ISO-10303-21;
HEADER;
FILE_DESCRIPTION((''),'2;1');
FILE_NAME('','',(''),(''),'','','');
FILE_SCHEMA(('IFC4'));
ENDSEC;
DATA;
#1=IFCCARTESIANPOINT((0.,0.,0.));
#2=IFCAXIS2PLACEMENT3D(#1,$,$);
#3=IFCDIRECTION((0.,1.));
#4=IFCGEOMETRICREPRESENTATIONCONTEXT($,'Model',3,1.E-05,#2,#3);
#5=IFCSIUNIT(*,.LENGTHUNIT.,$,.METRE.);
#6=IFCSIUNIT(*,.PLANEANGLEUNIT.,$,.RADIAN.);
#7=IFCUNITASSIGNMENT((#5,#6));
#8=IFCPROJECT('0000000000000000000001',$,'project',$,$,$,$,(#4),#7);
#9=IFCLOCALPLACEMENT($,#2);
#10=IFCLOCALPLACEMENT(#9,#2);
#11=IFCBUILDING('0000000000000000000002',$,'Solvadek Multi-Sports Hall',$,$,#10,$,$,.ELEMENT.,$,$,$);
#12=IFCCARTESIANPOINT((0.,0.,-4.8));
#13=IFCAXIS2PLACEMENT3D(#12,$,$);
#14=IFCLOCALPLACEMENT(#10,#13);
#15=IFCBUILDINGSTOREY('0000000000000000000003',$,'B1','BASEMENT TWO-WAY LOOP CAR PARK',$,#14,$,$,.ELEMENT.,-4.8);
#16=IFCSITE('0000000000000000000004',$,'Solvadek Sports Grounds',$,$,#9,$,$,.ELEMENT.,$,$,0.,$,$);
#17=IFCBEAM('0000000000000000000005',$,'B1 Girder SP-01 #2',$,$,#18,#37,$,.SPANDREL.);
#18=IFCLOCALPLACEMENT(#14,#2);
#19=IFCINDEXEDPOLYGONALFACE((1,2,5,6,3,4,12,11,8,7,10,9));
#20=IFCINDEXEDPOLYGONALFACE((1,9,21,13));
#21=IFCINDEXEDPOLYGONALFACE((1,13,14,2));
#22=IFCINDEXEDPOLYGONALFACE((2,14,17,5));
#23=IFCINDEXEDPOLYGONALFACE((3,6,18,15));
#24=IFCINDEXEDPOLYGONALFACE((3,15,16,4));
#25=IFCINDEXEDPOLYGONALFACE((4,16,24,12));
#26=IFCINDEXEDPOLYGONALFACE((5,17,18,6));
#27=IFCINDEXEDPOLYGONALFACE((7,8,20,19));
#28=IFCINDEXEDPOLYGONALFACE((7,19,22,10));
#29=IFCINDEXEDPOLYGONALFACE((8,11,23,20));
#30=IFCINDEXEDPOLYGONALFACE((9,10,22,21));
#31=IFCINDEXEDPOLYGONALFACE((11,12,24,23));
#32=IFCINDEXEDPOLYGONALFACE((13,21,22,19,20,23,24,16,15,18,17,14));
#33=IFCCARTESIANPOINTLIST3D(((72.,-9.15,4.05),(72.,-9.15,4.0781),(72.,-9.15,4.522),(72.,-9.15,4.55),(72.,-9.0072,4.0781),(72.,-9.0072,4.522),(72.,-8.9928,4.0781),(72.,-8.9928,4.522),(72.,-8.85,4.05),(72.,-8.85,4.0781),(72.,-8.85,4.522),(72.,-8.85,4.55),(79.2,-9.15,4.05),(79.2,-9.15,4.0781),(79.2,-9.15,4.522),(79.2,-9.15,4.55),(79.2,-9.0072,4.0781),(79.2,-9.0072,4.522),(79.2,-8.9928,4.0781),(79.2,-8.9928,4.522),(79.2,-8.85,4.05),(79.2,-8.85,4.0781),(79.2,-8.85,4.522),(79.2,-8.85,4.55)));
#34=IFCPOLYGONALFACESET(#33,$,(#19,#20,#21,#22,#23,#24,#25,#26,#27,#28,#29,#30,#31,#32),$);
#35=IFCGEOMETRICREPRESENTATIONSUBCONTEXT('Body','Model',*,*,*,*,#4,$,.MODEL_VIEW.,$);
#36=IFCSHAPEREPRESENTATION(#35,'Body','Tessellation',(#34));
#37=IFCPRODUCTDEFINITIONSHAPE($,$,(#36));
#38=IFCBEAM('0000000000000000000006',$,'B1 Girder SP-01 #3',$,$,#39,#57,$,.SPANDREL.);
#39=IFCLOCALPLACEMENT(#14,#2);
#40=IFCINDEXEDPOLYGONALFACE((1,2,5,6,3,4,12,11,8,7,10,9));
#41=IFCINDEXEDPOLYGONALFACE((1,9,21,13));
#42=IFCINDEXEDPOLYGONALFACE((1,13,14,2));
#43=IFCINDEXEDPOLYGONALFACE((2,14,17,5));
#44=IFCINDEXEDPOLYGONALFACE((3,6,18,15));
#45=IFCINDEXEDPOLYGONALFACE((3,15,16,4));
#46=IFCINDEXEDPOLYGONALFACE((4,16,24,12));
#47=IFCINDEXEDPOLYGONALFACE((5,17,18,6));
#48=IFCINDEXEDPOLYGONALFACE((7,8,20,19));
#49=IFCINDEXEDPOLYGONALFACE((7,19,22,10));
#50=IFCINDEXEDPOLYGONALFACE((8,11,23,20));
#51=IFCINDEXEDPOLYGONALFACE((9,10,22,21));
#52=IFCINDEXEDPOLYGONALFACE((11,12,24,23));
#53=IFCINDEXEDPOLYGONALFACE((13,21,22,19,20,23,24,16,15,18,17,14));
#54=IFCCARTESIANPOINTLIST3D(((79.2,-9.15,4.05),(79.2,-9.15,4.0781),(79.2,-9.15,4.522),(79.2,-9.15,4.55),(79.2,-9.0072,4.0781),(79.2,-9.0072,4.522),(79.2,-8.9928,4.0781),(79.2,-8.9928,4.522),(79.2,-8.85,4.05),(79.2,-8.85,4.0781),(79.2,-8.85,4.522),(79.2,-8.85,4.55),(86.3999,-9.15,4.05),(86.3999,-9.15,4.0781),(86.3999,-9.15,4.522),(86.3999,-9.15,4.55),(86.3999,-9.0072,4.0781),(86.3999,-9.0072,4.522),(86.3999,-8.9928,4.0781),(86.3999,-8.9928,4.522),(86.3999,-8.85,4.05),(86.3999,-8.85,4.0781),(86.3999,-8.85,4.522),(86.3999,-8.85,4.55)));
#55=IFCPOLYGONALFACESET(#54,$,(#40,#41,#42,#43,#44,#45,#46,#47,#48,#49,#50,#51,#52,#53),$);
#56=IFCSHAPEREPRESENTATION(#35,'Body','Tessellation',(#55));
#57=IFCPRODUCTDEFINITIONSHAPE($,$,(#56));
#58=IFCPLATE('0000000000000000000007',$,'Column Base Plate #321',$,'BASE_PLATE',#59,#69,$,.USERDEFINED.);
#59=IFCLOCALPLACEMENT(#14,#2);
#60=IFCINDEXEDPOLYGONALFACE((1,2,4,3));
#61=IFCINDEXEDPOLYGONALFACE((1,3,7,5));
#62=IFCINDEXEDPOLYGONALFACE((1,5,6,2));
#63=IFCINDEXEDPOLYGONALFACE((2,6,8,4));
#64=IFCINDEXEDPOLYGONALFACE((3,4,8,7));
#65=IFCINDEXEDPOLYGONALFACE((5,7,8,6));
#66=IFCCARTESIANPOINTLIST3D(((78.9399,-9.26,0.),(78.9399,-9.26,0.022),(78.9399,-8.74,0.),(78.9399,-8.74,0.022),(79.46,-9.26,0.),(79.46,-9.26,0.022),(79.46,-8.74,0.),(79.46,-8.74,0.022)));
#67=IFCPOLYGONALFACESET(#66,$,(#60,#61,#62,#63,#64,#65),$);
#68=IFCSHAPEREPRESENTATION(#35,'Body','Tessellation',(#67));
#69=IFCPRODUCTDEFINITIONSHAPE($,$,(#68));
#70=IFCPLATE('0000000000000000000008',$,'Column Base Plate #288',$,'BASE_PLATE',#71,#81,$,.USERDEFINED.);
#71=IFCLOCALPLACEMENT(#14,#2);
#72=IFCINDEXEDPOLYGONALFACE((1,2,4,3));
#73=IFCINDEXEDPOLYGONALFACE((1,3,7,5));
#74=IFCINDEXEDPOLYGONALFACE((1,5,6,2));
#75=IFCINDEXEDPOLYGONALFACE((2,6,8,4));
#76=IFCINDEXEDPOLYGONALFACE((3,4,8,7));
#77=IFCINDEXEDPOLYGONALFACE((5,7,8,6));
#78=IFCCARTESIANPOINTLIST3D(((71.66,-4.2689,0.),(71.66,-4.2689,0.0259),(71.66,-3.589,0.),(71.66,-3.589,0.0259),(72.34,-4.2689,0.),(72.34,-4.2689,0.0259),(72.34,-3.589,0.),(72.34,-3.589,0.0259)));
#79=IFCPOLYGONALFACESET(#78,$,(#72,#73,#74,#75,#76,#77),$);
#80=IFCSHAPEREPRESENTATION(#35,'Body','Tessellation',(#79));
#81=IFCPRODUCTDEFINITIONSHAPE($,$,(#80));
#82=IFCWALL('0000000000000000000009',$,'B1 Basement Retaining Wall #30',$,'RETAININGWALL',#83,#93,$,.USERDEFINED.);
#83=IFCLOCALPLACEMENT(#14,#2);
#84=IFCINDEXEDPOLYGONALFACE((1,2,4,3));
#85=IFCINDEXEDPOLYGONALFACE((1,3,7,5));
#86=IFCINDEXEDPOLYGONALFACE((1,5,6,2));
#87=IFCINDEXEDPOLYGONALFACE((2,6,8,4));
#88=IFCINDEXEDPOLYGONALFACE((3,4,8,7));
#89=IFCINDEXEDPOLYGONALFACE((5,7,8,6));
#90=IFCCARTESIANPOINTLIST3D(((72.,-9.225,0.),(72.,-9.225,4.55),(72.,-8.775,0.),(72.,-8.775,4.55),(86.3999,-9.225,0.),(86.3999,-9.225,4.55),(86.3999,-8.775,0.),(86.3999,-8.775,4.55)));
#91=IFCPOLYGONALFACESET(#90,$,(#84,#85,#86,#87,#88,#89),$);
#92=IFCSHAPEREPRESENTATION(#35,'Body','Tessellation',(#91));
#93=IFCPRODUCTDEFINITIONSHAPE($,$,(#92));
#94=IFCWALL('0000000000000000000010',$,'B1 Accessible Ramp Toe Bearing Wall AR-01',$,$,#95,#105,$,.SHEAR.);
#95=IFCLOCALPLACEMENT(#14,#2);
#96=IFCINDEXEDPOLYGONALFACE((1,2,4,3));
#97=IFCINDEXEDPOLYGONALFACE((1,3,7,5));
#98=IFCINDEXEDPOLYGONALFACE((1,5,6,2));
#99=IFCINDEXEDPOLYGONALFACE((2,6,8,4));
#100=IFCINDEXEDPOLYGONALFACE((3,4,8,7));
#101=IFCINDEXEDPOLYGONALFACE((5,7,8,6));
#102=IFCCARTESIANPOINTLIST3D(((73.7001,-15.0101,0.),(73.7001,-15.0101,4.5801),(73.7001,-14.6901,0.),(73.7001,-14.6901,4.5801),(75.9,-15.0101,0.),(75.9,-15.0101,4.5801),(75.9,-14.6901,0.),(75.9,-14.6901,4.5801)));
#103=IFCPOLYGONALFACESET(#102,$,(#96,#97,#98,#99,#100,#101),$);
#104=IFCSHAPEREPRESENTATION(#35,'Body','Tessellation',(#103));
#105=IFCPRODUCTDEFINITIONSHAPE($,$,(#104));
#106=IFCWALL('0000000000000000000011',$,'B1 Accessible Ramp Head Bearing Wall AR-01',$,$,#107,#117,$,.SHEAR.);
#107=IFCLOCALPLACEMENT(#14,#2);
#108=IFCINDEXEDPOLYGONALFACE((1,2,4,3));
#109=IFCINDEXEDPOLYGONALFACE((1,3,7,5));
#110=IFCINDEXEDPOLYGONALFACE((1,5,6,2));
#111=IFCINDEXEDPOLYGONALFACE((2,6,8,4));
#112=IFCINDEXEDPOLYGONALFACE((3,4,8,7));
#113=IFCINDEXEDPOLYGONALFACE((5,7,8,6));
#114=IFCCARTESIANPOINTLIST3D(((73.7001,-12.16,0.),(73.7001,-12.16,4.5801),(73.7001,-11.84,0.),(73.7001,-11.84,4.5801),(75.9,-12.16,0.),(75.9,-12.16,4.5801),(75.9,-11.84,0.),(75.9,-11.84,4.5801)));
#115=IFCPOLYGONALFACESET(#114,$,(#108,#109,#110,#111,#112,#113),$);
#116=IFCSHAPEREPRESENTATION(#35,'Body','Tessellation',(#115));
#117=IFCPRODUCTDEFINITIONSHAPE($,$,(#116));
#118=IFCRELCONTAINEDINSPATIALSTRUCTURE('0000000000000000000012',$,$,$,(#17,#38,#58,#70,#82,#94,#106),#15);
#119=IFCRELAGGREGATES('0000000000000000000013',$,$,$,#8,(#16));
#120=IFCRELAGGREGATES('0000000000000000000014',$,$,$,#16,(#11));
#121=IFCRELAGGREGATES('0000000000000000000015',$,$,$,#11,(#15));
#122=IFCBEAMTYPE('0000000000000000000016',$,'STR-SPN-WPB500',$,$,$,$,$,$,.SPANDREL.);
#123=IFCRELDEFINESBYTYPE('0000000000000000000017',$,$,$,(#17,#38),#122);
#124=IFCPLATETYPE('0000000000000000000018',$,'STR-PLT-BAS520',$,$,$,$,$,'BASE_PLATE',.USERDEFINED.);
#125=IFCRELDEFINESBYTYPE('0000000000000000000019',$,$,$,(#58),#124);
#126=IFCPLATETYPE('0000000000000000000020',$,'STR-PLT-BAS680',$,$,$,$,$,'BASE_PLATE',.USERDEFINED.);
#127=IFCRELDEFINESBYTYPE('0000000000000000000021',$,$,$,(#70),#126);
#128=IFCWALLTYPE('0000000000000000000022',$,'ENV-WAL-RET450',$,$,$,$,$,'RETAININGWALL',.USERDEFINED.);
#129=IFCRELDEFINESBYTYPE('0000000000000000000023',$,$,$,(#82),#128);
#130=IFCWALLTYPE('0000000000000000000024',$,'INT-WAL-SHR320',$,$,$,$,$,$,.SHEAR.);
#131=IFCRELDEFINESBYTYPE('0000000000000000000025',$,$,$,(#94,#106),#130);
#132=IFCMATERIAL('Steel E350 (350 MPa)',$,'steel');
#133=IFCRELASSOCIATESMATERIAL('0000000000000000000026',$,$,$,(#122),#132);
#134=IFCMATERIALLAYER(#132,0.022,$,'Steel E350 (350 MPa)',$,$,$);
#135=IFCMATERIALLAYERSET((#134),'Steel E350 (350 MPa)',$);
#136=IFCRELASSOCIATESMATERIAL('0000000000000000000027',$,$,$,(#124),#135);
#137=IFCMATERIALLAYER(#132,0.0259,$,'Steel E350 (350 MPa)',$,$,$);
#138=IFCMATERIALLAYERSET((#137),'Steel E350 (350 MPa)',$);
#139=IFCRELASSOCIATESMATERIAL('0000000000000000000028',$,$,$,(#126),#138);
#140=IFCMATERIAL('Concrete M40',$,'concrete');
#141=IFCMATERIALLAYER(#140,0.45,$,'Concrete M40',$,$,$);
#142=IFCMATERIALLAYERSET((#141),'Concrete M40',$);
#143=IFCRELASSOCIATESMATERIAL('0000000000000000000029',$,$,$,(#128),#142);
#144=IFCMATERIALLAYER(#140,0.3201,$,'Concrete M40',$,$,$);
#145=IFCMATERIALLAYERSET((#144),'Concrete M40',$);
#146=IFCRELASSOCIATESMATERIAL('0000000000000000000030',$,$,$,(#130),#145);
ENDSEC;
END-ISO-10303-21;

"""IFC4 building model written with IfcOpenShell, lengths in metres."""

from ifc_helpers import new_model, si_unit, direction, frame, frame_2d, origin, origin_2d, place, context, subcontext, project, spatial, rectangle, i_section, extrude, material, layer, layer_set, material_profile, profile_set, type_object, element, save


model = new_model("IFC4")

# Units and contexts
model_context = context("Model", 3, precision=1e-05, world=origin(), true_north=direction((0.0, 1.0)))
body_context = subcontext(model_context, "Body", "Model", "MODEL_VIEW")
ifc_project = project(units=[si_unit("LENGTHUNIT", "METRE"), si_unit("PLANEANGLEUNIT", "RADIAN")], contexts=[model_context])

# Site, building, storey
site_placement = place(None, origin())
site = spatial("IfcSite", under=ifc_project, at=site_placement, Name="Solvadek Sports Grounds", CompositionType="ELEMENT", RefElevation=0.0)
building_placement = place(site_placement, origin())
building = spatial("IfcBuilding", under=site, at=building_placement, Name="Solvadek Multi-Sports Hall", CompositionType="ELEMENT")
storey_placement = place(building_placement, frame((0.0, 0.0, -4.8)))
storey = spatial("IfcBuildingStorey", under=building, at=storey_placement, Name="B1", Description="BASEMENT TWO-WAY LOOP CAR PARK", CompositionType="ELEMENT", Elevation=-4.8)

# Shared definitions
ifc_material_1 = material(Name="Concrete M40", Category="concrete")

# Shared definitions
ifc_material_2 = material(Name="Steel E350 (350 MPa)", Category="steel")

# Beams
ifc_material_profile_1 = material_profile(ifc_material_2, i_section(OverallWidth=0.3, OverallDepth=0.5, WebThickness=0.0144, FlangeThickness=0.0281, at=origin_2d()), Name="WPB 500")
ifc_profile_set_1 = profile_set([ifc_material_profile_1], Name="Steel E350 (350 MPa)")
beam_type_1 = type_object("IfcBeamType", Name="STR-SPN-WPB500", PredefinedType="SPANDREL", material=ifc_profile_set_1)
for number, where, z_axis, x_axis, name in (
    (1, (72.0, -9.0, 4.3), (1.0, 0.0, 0.0), (0.0, 1.0, 0.0), "B1 Girder SP-01 #2"),
    (2, (79.2, -9.0, 4.3), (1.0, 0.0, 0.0), (0.0, 1.0, 0.0), "B1 Girder SP-01 #3"),
):
    element("IfcBeam", number, at=place(storey_placement, frame(where, z_axis=z_axis, x_axis=x_axis)), inside=storey, type_object=beam_type_1, Name=name, PredefinedType="SPANDREL", context=body_context, shape_type="SweptSolid", body=[
        extrude(i_section(OverallWidth=0.3, OverallDepth=0.5, WebThickness=0.0144, FlangeThickness=0.0281, at=origin_2d()), origin(), (0.0, 0.0, 1.0), 7.2),
    ])

# Plates
ifc_layer_1 = layer(ifc_material_2, 0.022, Name="Steel E350 (350 MPa)")
ifc_layer_set_1 = layer_set([ifc_layer_1], Name="Steel E350 (350 MPa)")
plate_type_1 = type_object("IfcPlateType", Name="STR-PLT-BAS520", ElementType="BASE_PLATE", PredefinedType="USERDEFINED", material=ifc_layer_set_1)
plate_1_placement = place(storey_placement, frame((79.2, -9.0, 0.0), z_axis=(0.0, 0.0, 1.0), x_axis=(1.0, 0.0, 0.0)))
element("IfcPlate", 3, at=plate_1_placement, inside=storey, type_object=plate_type_1, Name="Column Base Plate #321", ObjectType="BASE_PLATE", PredefinedType="USERDEFINED", context=body_context, shape_type="SweptSolid", body=[
    extrude(rectangle(XDim=0.52, YDim=0.52, at=origin_2d()), origin(), (0.0, 0.0, 1.0), 0.022),
])
ifc_layer_2 = layer(ifc_material_2, 0.0259, Name="Steel E350 (350 MPa)")
ifc_layer_set_2 = layer_set([ifc_layer_2], Name="Steel E350 (350 MPa)")
plate_type_2 = type_object("IfcPlateType", Name="STR-PLT-BAS680", ElementType="BASE_PLATE", PredefinedType="USERDEFINED", material=ifc_layer_set_2)
plate_2_placement = place(storey_placement, frame((72.0, -3.929, 0.0), z_axis=(0.0, 0.0, 1.0), x_axis=(1.0, 0.0, 0.0)))
element("IfcPlate", 4, at=plate_2_placement, inside=storey, type_object=plate_type_2, Name="Column Base Plate #288", ObjectType="BASE_PLATE", PredefinedType="USERDEFINED", context=body_context, shape_type="SweptSolid", body=[
    extrude(rectangle(XDim=0.6799, YDim=0.6799, at=origin_2d()), origin(), (0.0, 0.0, 1.0), 0.0259),
])

# Walls
ifc_layer_3 = layer(ifc_material_1, 0.45, Name="Concrete M40")
ifc_layer_set_3 = layer_set([ifc_layer_3], Name="Concrete M40")
wall_type_1 = type_object("IfcWallType", Name="ENV-WAL-RET450", ElementType="RETAININGWALL", PredefinedType="USERDEFINED", material=ifc_layer_set_3)
wall_placement = place(storey_placement, frame((72.0, -9.0, 0.0), z_axis=(0.0, 0.0, 1.0), x_axis=(1.0, 0.0, 0.0)))
element("IfcWall", 5, at=wall_placement, inside=storey, type_object=wall_type_1, Name="B1 Basement Retaining Wall #30", ObjectType="RETAININGWALL", PredefinedType="USERDEFINED", context=body_context, shape_type="SweptSolid", body=[
    extrude(rectangle(XDim=14.3999, YDim=0.45, at=frame_2d((7.2, 0.0))), origin(), (0.0, 0.0, 1.0), 4.55),
])
ifc_layer_4 = layer(ifc_material_1, 0.3201, Name="Concrete M40")
ifc_layer_set_4 = layer_set([ifc_layer_4], Name="Concrete M40")
wall_type_2 = type_object("IfcWallType", Name="INT-WAL-SHR320", PredefinedType="SHEAR", material=ifc_layer_set_4)
for number, where, z_axis, x_axis, name in (
    (6, (73.7, -14.8501, 0.0), (0.0, 0.0, 1.0), (1.0, 0.0, 0.0), "B1 Accessible Ramp Toe Bearing Wall AR-01"),
    (7, (73.7, -12.0, 0.0), (0.0, 0.0, 1.0), (1.0, 0.0, 0.0), "B1 Accessible Ramp Head Bearing Wall AR-01"),
):
    element("IfcWall", number, at=place(storey_placement, frame(where, z_axis=z_axis, x_axis=x_axis)), inside=storey, type_object=wall_type_2, Name=name, PredefinedType="SHEAR", context=body_context, shape_type="SweptSolid", body=[
        extrude(rectangle(XDim=2.2, YDim=0.3201, at=frame_2d((1.1001, 0.0))), origin(), (0.0, 0.0, 1.0), 4.5801),
    ])

save(model, "model.ifc")
